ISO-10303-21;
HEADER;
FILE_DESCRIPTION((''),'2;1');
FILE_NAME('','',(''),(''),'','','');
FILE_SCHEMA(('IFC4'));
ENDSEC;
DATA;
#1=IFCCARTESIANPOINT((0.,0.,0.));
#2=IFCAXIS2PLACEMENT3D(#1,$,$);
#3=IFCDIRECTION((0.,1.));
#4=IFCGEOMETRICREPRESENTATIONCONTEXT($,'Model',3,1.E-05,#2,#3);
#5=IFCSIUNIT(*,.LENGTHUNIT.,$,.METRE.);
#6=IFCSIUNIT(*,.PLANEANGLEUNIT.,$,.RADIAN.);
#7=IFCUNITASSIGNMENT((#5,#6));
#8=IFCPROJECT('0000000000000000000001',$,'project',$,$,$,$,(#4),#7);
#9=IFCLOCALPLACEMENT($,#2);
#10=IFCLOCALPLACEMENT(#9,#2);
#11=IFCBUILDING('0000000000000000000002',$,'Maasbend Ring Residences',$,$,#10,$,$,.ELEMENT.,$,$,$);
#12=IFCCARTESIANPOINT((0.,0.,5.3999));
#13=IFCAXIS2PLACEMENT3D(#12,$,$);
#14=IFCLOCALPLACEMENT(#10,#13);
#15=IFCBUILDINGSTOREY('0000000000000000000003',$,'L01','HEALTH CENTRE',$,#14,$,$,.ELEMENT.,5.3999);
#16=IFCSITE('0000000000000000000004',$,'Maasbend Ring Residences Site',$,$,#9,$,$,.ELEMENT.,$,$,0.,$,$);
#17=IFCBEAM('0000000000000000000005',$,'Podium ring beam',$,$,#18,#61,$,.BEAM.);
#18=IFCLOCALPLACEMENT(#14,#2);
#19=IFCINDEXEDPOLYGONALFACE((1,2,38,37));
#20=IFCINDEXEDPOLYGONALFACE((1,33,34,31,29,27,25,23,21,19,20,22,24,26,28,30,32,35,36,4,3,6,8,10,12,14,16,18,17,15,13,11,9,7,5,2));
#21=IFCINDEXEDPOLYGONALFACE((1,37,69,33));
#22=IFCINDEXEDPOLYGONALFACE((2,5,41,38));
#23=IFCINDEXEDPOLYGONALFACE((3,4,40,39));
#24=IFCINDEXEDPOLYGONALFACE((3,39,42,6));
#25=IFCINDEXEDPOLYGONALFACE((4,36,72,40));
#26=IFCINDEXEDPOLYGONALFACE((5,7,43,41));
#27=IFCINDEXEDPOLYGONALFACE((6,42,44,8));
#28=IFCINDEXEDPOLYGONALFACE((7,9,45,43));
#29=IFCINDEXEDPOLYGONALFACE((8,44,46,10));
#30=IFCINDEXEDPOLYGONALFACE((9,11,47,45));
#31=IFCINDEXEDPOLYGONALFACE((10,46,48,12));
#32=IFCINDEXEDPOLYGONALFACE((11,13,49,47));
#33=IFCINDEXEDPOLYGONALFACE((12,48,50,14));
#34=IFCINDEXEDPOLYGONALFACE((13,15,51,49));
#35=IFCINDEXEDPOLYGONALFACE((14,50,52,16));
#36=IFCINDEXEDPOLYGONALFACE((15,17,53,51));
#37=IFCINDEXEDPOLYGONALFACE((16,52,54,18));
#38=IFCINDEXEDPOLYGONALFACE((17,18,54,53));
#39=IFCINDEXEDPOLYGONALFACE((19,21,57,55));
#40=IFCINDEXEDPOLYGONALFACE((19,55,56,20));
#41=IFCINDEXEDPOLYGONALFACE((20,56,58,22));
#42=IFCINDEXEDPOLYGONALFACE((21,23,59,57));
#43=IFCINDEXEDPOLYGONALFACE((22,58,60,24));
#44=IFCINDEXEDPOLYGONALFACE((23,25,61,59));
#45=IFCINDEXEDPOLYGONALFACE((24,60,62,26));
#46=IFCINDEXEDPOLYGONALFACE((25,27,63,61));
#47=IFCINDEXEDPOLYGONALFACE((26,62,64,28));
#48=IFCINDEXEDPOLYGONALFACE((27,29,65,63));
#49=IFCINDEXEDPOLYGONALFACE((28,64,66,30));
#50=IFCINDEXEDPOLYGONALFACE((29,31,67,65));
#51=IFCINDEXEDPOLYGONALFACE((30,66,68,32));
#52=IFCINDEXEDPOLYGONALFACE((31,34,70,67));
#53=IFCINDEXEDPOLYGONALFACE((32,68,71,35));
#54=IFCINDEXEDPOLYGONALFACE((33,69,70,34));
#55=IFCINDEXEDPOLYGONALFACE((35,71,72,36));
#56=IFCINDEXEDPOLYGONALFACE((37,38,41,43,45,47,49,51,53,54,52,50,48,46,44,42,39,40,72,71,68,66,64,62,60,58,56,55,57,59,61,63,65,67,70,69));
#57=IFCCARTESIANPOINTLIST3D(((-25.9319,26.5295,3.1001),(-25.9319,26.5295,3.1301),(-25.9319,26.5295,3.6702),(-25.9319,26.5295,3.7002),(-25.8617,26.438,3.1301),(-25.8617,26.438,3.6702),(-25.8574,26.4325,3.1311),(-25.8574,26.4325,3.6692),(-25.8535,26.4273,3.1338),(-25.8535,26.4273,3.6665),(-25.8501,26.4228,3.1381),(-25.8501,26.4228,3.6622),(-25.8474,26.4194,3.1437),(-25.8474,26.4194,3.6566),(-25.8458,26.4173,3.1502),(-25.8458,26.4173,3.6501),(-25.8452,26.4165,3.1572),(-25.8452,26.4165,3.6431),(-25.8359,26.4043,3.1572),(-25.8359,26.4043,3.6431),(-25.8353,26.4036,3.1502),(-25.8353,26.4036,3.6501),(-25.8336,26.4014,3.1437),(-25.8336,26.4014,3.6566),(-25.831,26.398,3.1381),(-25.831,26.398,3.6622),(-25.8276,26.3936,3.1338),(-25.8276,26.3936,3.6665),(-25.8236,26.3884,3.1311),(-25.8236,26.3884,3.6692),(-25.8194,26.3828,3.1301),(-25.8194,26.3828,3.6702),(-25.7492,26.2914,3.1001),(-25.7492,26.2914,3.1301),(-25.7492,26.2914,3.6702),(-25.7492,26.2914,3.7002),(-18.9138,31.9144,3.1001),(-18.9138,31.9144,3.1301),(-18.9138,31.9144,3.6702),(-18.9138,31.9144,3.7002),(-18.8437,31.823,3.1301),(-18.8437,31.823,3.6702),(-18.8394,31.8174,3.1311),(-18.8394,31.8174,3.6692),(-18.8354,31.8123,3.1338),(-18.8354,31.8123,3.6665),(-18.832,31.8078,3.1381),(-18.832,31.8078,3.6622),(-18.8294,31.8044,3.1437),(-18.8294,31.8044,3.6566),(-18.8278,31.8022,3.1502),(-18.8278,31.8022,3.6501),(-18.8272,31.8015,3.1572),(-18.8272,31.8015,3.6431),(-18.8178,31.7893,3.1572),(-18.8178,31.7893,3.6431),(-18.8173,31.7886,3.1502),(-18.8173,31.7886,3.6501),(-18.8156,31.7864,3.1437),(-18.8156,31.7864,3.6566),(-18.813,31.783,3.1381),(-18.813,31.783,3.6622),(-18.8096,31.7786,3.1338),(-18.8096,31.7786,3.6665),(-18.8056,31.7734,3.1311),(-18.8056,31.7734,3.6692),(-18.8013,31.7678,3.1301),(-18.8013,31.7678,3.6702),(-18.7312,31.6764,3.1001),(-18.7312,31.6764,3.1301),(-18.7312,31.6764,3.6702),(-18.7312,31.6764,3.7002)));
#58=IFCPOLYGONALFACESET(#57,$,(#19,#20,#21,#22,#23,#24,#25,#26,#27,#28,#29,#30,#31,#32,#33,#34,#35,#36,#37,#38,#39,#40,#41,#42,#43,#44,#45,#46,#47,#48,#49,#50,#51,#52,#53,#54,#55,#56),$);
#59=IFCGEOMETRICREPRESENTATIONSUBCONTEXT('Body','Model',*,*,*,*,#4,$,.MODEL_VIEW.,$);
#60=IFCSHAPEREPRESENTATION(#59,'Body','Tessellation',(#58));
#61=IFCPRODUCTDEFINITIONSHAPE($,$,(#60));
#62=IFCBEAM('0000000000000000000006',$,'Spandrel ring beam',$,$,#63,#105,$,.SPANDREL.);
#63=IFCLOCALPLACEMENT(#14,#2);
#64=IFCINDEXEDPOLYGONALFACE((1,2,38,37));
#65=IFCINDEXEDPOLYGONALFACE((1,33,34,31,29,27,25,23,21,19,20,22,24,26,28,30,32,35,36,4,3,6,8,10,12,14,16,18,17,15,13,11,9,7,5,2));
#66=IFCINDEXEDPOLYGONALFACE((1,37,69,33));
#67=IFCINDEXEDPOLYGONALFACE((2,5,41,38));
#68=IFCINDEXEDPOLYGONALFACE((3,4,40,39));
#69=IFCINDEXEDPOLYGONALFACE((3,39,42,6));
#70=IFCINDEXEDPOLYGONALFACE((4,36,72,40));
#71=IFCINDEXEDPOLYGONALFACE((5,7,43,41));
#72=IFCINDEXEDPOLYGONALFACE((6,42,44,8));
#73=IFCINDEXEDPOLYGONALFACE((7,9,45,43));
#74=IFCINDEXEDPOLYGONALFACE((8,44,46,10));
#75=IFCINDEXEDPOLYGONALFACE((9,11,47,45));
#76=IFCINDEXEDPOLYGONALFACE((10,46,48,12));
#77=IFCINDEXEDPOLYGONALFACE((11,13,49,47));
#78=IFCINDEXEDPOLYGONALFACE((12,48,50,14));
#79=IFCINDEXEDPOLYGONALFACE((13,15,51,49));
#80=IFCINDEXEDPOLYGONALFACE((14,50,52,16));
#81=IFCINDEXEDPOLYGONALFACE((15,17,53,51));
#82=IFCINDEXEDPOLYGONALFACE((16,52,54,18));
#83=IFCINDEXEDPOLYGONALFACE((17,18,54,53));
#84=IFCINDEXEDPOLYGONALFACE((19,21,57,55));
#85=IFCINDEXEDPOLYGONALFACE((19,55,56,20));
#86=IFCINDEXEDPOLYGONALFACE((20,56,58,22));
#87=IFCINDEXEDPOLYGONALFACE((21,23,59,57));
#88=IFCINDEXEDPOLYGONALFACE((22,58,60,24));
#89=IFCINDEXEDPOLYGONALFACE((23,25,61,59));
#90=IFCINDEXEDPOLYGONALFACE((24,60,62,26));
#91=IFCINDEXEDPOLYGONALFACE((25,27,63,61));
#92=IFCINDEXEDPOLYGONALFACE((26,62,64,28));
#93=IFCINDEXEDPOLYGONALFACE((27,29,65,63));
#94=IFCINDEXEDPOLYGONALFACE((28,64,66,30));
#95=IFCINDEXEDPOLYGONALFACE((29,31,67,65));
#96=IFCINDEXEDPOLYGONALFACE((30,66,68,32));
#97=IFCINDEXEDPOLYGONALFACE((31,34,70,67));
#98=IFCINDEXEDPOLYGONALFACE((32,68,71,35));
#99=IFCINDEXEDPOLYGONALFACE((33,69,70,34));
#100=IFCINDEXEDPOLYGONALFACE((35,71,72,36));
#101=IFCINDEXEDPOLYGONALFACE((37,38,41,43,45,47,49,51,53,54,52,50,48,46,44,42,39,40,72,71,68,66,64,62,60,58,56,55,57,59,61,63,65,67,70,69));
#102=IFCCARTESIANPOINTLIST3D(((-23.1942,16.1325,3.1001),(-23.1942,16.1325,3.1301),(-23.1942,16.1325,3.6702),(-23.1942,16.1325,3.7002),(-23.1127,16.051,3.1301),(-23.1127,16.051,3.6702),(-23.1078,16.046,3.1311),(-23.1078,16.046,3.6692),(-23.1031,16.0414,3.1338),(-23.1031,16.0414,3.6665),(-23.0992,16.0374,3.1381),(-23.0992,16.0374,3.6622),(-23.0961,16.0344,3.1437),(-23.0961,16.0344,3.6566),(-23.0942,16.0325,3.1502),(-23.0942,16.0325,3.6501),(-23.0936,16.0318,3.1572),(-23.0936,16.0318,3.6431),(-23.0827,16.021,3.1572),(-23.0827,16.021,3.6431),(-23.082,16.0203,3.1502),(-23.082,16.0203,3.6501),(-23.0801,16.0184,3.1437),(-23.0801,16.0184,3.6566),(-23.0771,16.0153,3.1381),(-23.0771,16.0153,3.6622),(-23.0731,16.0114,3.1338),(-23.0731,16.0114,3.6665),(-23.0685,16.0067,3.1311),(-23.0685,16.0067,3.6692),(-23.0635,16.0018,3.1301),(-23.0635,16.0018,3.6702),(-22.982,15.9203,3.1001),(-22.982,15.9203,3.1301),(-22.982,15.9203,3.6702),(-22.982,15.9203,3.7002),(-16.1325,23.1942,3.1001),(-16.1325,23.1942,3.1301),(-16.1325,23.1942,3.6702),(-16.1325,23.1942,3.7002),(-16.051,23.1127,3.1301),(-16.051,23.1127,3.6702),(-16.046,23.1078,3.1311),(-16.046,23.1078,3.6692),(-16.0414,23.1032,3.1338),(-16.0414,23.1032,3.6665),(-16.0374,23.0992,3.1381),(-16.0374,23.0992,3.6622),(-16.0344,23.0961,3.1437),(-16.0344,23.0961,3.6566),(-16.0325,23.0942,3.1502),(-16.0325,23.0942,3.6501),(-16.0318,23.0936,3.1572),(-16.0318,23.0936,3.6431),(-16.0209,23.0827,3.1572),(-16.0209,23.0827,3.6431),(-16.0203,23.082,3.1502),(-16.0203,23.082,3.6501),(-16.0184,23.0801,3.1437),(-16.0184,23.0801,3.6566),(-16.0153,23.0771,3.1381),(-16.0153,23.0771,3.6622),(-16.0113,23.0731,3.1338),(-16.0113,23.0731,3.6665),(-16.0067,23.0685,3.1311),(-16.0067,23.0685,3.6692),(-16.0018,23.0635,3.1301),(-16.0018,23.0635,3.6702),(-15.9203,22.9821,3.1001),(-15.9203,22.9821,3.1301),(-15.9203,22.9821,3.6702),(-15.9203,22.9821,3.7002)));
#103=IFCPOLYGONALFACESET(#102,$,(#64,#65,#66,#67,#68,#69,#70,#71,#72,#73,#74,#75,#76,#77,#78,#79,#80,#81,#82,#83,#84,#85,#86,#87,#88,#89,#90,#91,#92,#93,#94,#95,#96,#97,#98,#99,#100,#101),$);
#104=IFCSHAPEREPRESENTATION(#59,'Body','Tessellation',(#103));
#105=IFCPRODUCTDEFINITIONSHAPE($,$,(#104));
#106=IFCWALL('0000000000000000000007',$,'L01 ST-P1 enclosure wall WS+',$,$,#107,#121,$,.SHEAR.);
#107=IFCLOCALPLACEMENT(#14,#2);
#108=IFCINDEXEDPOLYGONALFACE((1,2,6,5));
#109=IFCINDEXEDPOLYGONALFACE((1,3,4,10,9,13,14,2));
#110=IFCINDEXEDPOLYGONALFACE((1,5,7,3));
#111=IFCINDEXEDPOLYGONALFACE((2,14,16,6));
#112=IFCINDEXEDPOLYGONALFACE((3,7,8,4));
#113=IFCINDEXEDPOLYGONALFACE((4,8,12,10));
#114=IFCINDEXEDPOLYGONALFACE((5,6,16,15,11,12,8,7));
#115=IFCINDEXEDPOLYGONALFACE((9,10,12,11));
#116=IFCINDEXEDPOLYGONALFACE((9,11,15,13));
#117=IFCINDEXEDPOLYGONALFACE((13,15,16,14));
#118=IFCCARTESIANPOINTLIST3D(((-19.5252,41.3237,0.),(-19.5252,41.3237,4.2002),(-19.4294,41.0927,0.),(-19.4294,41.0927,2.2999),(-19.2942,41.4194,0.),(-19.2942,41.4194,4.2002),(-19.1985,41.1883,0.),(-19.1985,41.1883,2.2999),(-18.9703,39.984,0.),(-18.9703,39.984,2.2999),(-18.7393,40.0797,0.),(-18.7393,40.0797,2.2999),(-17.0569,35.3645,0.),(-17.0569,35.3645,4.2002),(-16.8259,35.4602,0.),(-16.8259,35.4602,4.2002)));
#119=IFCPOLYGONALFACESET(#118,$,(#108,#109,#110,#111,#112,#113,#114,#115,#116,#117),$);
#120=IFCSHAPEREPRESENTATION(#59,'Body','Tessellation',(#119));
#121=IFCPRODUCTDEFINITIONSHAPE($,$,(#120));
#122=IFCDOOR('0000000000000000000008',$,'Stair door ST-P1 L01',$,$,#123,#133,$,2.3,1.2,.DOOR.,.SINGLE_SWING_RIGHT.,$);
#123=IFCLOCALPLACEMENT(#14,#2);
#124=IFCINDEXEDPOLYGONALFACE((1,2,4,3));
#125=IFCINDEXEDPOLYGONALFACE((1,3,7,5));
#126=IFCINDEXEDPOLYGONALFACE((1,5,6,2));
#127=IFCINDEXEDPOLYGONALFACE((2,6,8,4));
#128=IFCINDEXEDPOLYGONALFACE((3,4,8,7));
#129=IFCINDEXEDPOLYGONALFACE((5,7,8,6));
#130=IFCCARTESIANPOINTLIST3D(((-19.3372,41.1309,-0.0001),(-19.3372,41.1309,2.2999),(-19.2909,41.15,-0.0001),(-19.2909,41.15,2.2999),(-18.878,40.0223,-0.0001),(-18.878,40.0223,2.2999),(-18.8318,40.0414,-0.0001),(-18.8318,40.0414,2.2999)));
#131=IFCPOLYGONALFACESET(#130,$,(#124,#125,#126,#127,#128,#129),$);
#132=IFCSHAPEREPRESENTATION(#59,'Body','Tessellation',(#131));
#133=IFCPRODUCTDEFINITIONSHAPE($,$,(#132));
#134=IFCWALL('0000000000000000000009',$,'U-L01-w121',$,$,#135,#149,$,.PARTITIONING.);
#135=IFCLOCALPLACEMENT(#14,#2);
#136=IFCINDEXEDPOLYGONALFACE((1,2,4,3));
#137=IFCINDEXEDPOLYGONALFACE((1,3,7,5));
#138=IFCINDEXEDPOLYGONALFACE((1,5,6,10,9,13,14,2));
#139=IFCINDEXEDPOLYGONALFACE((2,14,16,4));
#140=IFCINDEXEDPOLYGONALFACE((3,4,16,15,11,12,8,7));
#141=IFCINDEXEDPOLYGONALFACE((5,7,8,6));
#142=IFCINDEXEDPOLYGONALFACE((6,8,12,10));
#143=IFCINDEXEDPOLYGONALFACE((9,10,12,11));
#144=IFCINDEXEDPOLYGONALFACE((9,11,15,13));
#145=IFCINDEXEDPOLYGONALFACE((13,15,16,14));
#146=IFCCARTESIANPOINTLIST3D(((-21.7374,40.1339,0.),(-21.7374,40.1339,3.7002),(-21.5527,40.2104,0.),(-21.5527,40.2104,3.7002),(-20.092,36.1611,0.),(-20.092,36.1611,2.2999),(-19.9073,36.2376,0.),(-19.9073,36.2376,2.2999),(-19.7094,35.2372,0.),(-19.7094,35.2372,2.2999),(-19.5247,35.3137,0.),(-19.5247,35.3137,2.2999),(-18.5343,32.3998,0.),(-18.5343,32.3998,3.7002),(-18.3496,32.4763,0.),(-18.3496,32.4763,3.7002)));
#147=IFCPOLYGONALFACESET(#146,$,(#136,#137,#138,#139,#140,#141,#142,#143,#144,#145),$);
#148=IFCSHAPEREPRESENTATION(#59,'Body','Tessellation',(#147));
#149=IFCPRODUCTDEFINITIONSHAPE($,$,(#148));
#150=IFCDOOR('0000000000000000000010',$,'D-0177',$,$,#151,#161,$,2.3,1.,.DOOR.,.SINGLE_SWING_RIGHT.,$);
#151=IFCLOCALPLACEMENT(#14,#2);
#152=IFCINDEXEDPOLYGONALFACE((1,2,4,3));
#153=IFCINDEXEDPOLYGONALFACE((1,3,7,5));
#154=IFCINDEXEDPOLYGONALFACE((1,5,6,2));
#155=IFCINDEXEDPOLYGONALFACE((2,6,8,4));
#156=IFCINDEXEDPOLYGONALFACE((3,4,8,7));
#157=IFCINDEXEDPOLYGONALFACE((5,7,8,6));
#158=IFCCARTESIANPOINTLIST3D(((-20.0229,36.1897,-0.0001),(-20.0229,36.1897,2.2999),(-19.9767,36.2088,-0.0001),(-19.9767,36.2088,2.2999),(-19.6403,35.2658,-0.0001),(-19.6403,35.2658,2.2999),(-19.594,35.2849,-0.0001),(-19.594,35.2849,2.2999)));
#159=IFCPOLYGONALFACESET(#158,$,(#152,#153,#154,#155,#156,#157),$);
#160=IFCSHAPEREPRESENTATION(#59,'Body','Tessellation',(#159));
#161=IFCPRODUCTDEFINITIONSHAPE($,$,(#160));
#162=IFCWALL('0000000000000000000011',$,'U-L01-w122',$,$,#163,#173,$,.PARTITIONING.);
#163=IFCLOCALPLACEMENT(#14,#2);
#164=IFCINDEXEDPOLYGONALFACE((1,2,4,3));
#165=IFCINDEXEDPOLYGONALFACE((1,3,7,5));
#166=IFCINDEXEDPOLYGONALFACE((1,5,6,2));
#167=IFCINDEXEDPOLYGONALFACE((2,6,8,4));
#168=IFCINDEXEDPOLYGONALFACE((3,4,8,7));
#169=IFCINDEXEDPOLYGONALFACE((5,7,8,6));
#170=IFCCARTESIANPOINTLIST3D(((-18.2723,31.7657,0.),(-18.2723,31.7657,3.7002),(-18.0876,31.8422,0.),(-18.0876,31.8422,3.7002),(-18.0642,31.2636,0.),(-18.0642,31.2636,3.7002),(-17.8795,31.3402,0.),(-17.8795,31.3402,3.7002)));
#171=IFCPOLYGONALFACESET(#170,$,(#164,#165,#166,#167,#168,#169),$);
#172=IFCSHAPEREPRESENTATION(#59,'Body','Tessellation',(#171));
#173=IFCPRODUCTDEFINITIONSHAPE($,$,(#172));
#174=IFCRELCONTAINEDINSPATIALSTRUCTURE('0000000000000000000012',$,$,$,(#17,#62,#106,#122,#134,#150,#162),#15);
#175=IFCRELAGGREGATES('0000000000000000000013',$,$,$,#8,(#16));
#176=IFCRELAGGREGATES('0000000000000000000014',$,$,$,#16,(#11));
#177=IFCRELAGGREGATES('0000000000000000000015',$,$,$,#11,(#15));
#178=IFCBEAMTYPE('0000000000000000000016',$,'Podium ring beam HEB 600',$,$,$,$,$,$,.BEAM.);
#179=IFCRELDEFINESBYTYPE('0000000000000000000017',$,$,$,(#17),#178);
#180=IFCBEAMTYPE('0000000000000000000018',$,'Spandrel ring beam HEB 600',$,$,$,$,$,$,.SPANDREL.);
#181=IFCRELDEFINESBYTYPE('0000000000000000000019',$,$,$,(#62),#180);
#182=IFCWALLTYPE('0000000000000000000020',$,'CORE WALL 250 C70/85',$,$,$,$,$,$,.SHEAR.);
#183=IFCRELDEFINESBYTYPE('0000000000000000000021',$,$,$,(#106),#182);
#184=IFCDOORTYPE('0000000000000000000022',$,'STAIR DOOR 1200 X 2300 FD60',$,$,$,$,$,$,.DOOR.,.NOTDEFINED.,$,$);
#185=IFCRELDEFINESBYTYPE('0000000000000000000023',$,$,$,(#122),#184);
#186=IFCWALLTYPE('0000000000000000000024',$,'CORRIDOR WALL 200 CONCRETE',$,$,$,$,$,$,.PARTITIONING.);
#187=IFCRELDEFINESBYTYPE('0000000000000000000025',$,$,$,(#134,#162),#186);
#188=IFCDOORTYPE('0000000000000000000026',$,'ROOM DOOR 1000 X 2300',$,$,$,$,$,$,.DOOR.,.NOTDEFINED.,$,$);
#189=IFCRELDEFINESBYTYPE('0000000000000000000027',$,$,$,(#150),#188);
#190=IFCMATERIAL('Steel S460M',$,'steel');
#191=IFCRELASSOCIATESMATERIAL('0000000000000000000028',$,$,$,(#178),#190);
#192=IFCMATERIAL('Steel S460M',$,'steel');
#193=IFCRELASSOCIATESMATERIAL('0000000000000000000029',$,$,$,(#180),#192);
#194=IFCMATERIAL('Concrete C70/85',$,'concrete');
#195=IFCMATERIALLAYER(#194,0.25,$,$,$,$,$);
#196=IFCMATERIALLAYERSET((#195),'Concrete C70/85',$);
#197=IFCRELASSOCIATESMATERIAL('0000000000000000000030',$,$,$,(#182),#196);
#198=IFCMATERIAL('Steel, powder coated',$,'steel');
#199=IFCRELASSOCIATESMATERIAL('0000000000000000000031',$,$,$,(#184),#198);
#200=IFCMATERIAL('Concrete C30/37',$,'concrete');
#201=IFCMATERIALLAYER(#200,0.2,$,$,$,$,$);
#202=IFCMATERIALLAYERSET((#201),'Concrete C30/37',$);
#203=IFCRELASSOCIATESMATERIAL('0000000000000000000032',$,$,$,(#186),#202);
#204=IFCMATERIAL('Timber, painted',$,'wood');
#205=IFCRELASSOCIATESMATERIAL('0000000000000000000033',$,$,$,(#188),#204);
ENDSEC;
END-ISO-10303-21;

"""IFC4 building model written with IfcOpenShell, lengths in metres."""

from ifc_helpers import new_model, si_unit, direction, frame, frame_2d, origin, origin_2d, place, context, subcontext, project, spatial, rectangle, i_section, extrude, material, layer, layer_set, material_profile, profile_set, type_object, element, fill, save


model = new_model("IFC4")

# Units and contexts
model_context = context("Model", 3, precision=1e-05, world=origin(), true_north=direction((0.0, 1.0)))
body_context = subcontext(model_context, "Body", "Model", "MODEL_VIEW")
ifc_project = project(units=[si_unit("LENGTHUNIT", "METRE"), si_unit("PLANEANGLEUNIT", "RADIAN")], contexts=[model_context])

# Site, building, storey
site_placement = place(None, origin())
site = spatial("IfcSite", under=ifc_project, at=site_placement, Name="Maasbend Ring Residences Site", CompositionType="ELEMENT", RefElevation=0.0)
building_placement = place(site_placement, origin())
building = spatial("IfcBuilding", under=site, at=building_placement, Name="Maasbend Ring Residences", CompositionType="ELEMENT")
storey_placement = place(building_placement, frame((0.0, 0.0, 5.3999)))
storey = spatial("IfcBuildingStorey", under=building, at=storey_placement, Name="L01", Description="HEALTH CENTRE", CompositionType="ELEMENT", Elevation=5.3999)

# Beams
ifc_material_1 = material(Name="Steel S460M", Category="steel")
ifc_material_profile_1 = material_profile(ifc_material_1, i_section(OverallWidth=0.3, OverallDepth=0.6001, WebThickness=0.0154, FlangeThickness=0.03, FilletRadius=0.0271, at=origin_2d()), Name="HEB 600")
ifc_profile_set_1 = profile_set([ifc_material_profile_1], Name="Steel S460M")
beam_type_1 = type_object("IfcBeamType", Name="Podium ring beam HEB 600", PredefinedType="BEAM", material=ifc_profile_set_1)
beam_1_placement = place(storey_placement, frame((-18.8225, 31.7954, 3.4001), z_axis=(-0.793361, -0.608751, 0.0), x_axis=(0.608751, -0.793361, 0.0)))
element("IfcBeam", 1, at=beam_1_placement, inside=storey, type_object=beam_type_1, Name="Podium ring beam", PredefinedType="BEAM", context=body_context, shape_type="SweptSolid", body=[
    extrude(i_section(OverallWidth=0.3, OverallDepth=0.6001, WebThickness=0.0154, FlangeThickness=0.03, FilletRadius=0.0271, at=origin_2d()), origin(), (0.0, 0.0, 1.0), 8.8459),
])
ifc_material_2 = material(Name="Steel S460M", Category="steel")
ifc_material_profile_2 = material_profile(ifc_material_2, i_section(OverallWidth=0.3, OverallDepth=0.6001, WebThickness=0.0154, FlangeThickness=0.03, FilletRadius=0.0271, at=origin_2d()), Name="HEB 600")
ifc_profile_set_2 = profile_set([ifc_material_profile_2], Name="Steel S460M")
beam_type_2 = type_object("IfcBeamType", Name="Spandrel ring beam HEB 600", PredefinedType="SPANDREL", material=ifc_profile_set_2)
beam_2_placement = place(storey_placement, frame((-16.0264, 23.0881, 3.4001), z_axis=(-0.707107, -0.707107, 0.0), x_axis=(0.707107, -0.707107, 0.0)))
element("IfcBeam", 2, at=beam_2_placement, inside=storey, type_object=beam_type_2, Name="Spandrel ring beam", PredefinedType="SPANDREL", context=body_context, shape_type="SweptSolid", body=[
    extrude(i_section(OverallWidth=0.3, OverallDepth=0.6001, WebThickness=0.0154, FlangeThickness=0.03, FilletRadius=0.0271, at=origin_2d()), origin(), (0.0, 0.0, 1.0), 9.9868),
])

# Walls, openings, doors
ifc_material_3 = material(Name="Concrete C70/85", Category="concrete")
ifc_layer_1 = layer(ifc_material_3, 0.25)
ifc_layer_set_1 = layer_set([ifc_layer_1], Name="Concrete C70/85")
wall_type_1 = type_object("IfcWallType", Name="CORE WALL 250 C70/85", PredefinedType="SHEAR", material=ifc_layer_set_1)
wall_1_placement = place(storey_placement, frame((-19.4097, 41.3716, 0.0), z_axis=(0.0, 0.0, 1.0), x_axis=(0.382666, -0.923887, 0.0)))
wall_1 = element("IfcWall", 3, at=wall_1_placement, inside=storey, type_object=wall_type_1, Name="L01 ST-P1 enclosure wall WS+", PredefinedType="SHEAR", context=body_context, shape_type="SweptSolid", body=[
    extrude(rectangle(XDim=6.4502, YDim=0.25, at=frame_2d((3.2251, 0.0))), origin(), (0.0, 0.0, 1.0), 4.2002),
])
opening_1_placement = place(wall_1_placement, frame((0.25, 0.0, 0.0)))
opening_1 = element("IfcOpeningElement", 4, at=opening_1_placement, cuts=wall_1, PredefinedType="OPENING", context=body_context, shape_type="SweptSolid", body=[
    extrude(rectangle(XDim=1.2, YDim=2.3, at=frame_2d((0.6001, 1.1499))), frame((0.0, 0.135, 0.0), z_axis=(0.0, -1.0, 0.0), x_axis=(1.0, 0.0, 0.0)), (0.0, 0.0, 1.0), 0.27),
])
ifc_material_4 = material(Name="Steel, powder coated", Category="steel")
door_type_1 = type_object("IfcDoorType", Name="STAIR DOOR 1200 X 2300 FD60", OperationType="NOTDEFINED", PredefinedType="DOOR", material=ifc_material_4)
door_1_placement = place(opening_1_placement, origin())
door_1 = element("IfcDoor", 5, at=door_1_placement, inside=storey, type_object=door_type_1, Name="Stair door ST-P1 L01", OperationType="SINGLE_SWING_RIGHT", OverallHeight=2.3, OverallWidth=1.2, PredefinedType="DOOR", context=body_context, shape_type="SweptSolid", body=[
    extrude(rectangle(XDim=1.2, YDim=2.3, at=frame_2d((0.6001, 1.1499))), frame((0.0, 0.0249, 0.0), z_axis=(0.0, -1.0, 0.0), x_axis=(1.0, 0.0, 0.0)), (0.0, 0.0, 1.0), 0.05),
])
fill(opening_1, door_1)
ifc_material_5 = material(Name="Concrete C30/37", Category="concrete")
ifc_layer_2 = layer(ifc_material_5, 0.2)
ifc_layer_set_2 = layer_set([ifc_layer_2], Name="Concrete C30/37")
wall_type_2 = type_object("IfcWallType", Name="CORRIDOR WALL 200 CONCRETE", PredefinedType="PARTITIONING", material=ifc_layer_set_2)
wall_2_placement = place(storey_placement, frame((-21.645, 40.1721, 0.0), z_axis=(0.0, 0.0, 1.0), x_axis=(0.382637, -0.923899, 0.0)))
wall_2 = element("IfcWall", 6, at=wall_2_placement, inside=storey, type_object=wall_type_2, Name="U-L01-w121", PredefinedType="PARTITIONING", context=body_context, shape_type="SweptSolid", body=[
    extrude(rectangle(XDim=8.3711, YDim=0.2, at=frame_2d((4.1855, 0.0))), origin(), (0.0, 0.0, 1.0), 3.7002),
])
opening_2_placement = place(wall_2_placement, frame((4.3, 0.0, 0.0)))
opening_2 = element("IfcOpeningElement", 7, at=opening_2_placement, cuts=wall_2, PredefinedType="OPENING", context=body_context, shape_type="SweptSolid", body=[
    extrude(rectangle(XDim=1.0, YDim=2.3, at=frame_2d((0.5, 1.1499))), frame((0.0, 0.1099, 0.0), z_axis=(0.0, -1.0, 0.0), x_axis=(1.0, 0.0, 0.0)), (0.0, 0.0, 1.0), 0.22),
])
ifc_material_6 = material(Name="Timber, painted", Category="wood")
door_type_2 = type_object("IfcDoorType", Name="ROOM DOOR 1000 X 2300", OperationType="NOTDEFINED", PredefinedType="DOOR", material=ifc_material_6)
door_2_placement = place(opening_2_placement, origin())
door_2 = element("IfcDoor", 8, at=door_2_placement, inside=storey, type_object=door_type_2, Name="D-0177", OperationType="SINGLE_SWING_RIGHT", OverallHeight=2.3, OverallWidth=1.0, PredefinedType="DOOR", context=body_context, shape_type="SweptSolid", body=[
    extrude(rectangle(XDim=1.0, YDim=2.3, at=frame_2d((0.5, 1.1499))), frame((0.0, 0.0249, 0.0), z_axis=(0.0, -1.0, 0.0), x_axis=(1.0, 0.0, 0.0)), (0.0, 0.0, 1.0), 0.05),
])
fill(opening_2, door_2)

# Wall
wall_3_placement = place(storey_placement, frame((-18.1799, 31.804, 0.0), z_axis=(0.0, 0.0, 1.0), x_axis=(0.382828, -0.92382, 0.0)))
element("IfcWall", 9, at=wall_3_placement, inside=storey, type_object=wall_type_2, Name="U-L01-w122", PredefinedType="PARTITIONING", context=body_context, shape_type="SweptSolid", body=[
    extrude(rectangle(XDim=0.5435, YDim=0.2, at=frame_2d((0.2717, 0.0))), origin(), (0.0, 0.0, 1.0), 3.7002),
])

save(model, "model.ifc")
